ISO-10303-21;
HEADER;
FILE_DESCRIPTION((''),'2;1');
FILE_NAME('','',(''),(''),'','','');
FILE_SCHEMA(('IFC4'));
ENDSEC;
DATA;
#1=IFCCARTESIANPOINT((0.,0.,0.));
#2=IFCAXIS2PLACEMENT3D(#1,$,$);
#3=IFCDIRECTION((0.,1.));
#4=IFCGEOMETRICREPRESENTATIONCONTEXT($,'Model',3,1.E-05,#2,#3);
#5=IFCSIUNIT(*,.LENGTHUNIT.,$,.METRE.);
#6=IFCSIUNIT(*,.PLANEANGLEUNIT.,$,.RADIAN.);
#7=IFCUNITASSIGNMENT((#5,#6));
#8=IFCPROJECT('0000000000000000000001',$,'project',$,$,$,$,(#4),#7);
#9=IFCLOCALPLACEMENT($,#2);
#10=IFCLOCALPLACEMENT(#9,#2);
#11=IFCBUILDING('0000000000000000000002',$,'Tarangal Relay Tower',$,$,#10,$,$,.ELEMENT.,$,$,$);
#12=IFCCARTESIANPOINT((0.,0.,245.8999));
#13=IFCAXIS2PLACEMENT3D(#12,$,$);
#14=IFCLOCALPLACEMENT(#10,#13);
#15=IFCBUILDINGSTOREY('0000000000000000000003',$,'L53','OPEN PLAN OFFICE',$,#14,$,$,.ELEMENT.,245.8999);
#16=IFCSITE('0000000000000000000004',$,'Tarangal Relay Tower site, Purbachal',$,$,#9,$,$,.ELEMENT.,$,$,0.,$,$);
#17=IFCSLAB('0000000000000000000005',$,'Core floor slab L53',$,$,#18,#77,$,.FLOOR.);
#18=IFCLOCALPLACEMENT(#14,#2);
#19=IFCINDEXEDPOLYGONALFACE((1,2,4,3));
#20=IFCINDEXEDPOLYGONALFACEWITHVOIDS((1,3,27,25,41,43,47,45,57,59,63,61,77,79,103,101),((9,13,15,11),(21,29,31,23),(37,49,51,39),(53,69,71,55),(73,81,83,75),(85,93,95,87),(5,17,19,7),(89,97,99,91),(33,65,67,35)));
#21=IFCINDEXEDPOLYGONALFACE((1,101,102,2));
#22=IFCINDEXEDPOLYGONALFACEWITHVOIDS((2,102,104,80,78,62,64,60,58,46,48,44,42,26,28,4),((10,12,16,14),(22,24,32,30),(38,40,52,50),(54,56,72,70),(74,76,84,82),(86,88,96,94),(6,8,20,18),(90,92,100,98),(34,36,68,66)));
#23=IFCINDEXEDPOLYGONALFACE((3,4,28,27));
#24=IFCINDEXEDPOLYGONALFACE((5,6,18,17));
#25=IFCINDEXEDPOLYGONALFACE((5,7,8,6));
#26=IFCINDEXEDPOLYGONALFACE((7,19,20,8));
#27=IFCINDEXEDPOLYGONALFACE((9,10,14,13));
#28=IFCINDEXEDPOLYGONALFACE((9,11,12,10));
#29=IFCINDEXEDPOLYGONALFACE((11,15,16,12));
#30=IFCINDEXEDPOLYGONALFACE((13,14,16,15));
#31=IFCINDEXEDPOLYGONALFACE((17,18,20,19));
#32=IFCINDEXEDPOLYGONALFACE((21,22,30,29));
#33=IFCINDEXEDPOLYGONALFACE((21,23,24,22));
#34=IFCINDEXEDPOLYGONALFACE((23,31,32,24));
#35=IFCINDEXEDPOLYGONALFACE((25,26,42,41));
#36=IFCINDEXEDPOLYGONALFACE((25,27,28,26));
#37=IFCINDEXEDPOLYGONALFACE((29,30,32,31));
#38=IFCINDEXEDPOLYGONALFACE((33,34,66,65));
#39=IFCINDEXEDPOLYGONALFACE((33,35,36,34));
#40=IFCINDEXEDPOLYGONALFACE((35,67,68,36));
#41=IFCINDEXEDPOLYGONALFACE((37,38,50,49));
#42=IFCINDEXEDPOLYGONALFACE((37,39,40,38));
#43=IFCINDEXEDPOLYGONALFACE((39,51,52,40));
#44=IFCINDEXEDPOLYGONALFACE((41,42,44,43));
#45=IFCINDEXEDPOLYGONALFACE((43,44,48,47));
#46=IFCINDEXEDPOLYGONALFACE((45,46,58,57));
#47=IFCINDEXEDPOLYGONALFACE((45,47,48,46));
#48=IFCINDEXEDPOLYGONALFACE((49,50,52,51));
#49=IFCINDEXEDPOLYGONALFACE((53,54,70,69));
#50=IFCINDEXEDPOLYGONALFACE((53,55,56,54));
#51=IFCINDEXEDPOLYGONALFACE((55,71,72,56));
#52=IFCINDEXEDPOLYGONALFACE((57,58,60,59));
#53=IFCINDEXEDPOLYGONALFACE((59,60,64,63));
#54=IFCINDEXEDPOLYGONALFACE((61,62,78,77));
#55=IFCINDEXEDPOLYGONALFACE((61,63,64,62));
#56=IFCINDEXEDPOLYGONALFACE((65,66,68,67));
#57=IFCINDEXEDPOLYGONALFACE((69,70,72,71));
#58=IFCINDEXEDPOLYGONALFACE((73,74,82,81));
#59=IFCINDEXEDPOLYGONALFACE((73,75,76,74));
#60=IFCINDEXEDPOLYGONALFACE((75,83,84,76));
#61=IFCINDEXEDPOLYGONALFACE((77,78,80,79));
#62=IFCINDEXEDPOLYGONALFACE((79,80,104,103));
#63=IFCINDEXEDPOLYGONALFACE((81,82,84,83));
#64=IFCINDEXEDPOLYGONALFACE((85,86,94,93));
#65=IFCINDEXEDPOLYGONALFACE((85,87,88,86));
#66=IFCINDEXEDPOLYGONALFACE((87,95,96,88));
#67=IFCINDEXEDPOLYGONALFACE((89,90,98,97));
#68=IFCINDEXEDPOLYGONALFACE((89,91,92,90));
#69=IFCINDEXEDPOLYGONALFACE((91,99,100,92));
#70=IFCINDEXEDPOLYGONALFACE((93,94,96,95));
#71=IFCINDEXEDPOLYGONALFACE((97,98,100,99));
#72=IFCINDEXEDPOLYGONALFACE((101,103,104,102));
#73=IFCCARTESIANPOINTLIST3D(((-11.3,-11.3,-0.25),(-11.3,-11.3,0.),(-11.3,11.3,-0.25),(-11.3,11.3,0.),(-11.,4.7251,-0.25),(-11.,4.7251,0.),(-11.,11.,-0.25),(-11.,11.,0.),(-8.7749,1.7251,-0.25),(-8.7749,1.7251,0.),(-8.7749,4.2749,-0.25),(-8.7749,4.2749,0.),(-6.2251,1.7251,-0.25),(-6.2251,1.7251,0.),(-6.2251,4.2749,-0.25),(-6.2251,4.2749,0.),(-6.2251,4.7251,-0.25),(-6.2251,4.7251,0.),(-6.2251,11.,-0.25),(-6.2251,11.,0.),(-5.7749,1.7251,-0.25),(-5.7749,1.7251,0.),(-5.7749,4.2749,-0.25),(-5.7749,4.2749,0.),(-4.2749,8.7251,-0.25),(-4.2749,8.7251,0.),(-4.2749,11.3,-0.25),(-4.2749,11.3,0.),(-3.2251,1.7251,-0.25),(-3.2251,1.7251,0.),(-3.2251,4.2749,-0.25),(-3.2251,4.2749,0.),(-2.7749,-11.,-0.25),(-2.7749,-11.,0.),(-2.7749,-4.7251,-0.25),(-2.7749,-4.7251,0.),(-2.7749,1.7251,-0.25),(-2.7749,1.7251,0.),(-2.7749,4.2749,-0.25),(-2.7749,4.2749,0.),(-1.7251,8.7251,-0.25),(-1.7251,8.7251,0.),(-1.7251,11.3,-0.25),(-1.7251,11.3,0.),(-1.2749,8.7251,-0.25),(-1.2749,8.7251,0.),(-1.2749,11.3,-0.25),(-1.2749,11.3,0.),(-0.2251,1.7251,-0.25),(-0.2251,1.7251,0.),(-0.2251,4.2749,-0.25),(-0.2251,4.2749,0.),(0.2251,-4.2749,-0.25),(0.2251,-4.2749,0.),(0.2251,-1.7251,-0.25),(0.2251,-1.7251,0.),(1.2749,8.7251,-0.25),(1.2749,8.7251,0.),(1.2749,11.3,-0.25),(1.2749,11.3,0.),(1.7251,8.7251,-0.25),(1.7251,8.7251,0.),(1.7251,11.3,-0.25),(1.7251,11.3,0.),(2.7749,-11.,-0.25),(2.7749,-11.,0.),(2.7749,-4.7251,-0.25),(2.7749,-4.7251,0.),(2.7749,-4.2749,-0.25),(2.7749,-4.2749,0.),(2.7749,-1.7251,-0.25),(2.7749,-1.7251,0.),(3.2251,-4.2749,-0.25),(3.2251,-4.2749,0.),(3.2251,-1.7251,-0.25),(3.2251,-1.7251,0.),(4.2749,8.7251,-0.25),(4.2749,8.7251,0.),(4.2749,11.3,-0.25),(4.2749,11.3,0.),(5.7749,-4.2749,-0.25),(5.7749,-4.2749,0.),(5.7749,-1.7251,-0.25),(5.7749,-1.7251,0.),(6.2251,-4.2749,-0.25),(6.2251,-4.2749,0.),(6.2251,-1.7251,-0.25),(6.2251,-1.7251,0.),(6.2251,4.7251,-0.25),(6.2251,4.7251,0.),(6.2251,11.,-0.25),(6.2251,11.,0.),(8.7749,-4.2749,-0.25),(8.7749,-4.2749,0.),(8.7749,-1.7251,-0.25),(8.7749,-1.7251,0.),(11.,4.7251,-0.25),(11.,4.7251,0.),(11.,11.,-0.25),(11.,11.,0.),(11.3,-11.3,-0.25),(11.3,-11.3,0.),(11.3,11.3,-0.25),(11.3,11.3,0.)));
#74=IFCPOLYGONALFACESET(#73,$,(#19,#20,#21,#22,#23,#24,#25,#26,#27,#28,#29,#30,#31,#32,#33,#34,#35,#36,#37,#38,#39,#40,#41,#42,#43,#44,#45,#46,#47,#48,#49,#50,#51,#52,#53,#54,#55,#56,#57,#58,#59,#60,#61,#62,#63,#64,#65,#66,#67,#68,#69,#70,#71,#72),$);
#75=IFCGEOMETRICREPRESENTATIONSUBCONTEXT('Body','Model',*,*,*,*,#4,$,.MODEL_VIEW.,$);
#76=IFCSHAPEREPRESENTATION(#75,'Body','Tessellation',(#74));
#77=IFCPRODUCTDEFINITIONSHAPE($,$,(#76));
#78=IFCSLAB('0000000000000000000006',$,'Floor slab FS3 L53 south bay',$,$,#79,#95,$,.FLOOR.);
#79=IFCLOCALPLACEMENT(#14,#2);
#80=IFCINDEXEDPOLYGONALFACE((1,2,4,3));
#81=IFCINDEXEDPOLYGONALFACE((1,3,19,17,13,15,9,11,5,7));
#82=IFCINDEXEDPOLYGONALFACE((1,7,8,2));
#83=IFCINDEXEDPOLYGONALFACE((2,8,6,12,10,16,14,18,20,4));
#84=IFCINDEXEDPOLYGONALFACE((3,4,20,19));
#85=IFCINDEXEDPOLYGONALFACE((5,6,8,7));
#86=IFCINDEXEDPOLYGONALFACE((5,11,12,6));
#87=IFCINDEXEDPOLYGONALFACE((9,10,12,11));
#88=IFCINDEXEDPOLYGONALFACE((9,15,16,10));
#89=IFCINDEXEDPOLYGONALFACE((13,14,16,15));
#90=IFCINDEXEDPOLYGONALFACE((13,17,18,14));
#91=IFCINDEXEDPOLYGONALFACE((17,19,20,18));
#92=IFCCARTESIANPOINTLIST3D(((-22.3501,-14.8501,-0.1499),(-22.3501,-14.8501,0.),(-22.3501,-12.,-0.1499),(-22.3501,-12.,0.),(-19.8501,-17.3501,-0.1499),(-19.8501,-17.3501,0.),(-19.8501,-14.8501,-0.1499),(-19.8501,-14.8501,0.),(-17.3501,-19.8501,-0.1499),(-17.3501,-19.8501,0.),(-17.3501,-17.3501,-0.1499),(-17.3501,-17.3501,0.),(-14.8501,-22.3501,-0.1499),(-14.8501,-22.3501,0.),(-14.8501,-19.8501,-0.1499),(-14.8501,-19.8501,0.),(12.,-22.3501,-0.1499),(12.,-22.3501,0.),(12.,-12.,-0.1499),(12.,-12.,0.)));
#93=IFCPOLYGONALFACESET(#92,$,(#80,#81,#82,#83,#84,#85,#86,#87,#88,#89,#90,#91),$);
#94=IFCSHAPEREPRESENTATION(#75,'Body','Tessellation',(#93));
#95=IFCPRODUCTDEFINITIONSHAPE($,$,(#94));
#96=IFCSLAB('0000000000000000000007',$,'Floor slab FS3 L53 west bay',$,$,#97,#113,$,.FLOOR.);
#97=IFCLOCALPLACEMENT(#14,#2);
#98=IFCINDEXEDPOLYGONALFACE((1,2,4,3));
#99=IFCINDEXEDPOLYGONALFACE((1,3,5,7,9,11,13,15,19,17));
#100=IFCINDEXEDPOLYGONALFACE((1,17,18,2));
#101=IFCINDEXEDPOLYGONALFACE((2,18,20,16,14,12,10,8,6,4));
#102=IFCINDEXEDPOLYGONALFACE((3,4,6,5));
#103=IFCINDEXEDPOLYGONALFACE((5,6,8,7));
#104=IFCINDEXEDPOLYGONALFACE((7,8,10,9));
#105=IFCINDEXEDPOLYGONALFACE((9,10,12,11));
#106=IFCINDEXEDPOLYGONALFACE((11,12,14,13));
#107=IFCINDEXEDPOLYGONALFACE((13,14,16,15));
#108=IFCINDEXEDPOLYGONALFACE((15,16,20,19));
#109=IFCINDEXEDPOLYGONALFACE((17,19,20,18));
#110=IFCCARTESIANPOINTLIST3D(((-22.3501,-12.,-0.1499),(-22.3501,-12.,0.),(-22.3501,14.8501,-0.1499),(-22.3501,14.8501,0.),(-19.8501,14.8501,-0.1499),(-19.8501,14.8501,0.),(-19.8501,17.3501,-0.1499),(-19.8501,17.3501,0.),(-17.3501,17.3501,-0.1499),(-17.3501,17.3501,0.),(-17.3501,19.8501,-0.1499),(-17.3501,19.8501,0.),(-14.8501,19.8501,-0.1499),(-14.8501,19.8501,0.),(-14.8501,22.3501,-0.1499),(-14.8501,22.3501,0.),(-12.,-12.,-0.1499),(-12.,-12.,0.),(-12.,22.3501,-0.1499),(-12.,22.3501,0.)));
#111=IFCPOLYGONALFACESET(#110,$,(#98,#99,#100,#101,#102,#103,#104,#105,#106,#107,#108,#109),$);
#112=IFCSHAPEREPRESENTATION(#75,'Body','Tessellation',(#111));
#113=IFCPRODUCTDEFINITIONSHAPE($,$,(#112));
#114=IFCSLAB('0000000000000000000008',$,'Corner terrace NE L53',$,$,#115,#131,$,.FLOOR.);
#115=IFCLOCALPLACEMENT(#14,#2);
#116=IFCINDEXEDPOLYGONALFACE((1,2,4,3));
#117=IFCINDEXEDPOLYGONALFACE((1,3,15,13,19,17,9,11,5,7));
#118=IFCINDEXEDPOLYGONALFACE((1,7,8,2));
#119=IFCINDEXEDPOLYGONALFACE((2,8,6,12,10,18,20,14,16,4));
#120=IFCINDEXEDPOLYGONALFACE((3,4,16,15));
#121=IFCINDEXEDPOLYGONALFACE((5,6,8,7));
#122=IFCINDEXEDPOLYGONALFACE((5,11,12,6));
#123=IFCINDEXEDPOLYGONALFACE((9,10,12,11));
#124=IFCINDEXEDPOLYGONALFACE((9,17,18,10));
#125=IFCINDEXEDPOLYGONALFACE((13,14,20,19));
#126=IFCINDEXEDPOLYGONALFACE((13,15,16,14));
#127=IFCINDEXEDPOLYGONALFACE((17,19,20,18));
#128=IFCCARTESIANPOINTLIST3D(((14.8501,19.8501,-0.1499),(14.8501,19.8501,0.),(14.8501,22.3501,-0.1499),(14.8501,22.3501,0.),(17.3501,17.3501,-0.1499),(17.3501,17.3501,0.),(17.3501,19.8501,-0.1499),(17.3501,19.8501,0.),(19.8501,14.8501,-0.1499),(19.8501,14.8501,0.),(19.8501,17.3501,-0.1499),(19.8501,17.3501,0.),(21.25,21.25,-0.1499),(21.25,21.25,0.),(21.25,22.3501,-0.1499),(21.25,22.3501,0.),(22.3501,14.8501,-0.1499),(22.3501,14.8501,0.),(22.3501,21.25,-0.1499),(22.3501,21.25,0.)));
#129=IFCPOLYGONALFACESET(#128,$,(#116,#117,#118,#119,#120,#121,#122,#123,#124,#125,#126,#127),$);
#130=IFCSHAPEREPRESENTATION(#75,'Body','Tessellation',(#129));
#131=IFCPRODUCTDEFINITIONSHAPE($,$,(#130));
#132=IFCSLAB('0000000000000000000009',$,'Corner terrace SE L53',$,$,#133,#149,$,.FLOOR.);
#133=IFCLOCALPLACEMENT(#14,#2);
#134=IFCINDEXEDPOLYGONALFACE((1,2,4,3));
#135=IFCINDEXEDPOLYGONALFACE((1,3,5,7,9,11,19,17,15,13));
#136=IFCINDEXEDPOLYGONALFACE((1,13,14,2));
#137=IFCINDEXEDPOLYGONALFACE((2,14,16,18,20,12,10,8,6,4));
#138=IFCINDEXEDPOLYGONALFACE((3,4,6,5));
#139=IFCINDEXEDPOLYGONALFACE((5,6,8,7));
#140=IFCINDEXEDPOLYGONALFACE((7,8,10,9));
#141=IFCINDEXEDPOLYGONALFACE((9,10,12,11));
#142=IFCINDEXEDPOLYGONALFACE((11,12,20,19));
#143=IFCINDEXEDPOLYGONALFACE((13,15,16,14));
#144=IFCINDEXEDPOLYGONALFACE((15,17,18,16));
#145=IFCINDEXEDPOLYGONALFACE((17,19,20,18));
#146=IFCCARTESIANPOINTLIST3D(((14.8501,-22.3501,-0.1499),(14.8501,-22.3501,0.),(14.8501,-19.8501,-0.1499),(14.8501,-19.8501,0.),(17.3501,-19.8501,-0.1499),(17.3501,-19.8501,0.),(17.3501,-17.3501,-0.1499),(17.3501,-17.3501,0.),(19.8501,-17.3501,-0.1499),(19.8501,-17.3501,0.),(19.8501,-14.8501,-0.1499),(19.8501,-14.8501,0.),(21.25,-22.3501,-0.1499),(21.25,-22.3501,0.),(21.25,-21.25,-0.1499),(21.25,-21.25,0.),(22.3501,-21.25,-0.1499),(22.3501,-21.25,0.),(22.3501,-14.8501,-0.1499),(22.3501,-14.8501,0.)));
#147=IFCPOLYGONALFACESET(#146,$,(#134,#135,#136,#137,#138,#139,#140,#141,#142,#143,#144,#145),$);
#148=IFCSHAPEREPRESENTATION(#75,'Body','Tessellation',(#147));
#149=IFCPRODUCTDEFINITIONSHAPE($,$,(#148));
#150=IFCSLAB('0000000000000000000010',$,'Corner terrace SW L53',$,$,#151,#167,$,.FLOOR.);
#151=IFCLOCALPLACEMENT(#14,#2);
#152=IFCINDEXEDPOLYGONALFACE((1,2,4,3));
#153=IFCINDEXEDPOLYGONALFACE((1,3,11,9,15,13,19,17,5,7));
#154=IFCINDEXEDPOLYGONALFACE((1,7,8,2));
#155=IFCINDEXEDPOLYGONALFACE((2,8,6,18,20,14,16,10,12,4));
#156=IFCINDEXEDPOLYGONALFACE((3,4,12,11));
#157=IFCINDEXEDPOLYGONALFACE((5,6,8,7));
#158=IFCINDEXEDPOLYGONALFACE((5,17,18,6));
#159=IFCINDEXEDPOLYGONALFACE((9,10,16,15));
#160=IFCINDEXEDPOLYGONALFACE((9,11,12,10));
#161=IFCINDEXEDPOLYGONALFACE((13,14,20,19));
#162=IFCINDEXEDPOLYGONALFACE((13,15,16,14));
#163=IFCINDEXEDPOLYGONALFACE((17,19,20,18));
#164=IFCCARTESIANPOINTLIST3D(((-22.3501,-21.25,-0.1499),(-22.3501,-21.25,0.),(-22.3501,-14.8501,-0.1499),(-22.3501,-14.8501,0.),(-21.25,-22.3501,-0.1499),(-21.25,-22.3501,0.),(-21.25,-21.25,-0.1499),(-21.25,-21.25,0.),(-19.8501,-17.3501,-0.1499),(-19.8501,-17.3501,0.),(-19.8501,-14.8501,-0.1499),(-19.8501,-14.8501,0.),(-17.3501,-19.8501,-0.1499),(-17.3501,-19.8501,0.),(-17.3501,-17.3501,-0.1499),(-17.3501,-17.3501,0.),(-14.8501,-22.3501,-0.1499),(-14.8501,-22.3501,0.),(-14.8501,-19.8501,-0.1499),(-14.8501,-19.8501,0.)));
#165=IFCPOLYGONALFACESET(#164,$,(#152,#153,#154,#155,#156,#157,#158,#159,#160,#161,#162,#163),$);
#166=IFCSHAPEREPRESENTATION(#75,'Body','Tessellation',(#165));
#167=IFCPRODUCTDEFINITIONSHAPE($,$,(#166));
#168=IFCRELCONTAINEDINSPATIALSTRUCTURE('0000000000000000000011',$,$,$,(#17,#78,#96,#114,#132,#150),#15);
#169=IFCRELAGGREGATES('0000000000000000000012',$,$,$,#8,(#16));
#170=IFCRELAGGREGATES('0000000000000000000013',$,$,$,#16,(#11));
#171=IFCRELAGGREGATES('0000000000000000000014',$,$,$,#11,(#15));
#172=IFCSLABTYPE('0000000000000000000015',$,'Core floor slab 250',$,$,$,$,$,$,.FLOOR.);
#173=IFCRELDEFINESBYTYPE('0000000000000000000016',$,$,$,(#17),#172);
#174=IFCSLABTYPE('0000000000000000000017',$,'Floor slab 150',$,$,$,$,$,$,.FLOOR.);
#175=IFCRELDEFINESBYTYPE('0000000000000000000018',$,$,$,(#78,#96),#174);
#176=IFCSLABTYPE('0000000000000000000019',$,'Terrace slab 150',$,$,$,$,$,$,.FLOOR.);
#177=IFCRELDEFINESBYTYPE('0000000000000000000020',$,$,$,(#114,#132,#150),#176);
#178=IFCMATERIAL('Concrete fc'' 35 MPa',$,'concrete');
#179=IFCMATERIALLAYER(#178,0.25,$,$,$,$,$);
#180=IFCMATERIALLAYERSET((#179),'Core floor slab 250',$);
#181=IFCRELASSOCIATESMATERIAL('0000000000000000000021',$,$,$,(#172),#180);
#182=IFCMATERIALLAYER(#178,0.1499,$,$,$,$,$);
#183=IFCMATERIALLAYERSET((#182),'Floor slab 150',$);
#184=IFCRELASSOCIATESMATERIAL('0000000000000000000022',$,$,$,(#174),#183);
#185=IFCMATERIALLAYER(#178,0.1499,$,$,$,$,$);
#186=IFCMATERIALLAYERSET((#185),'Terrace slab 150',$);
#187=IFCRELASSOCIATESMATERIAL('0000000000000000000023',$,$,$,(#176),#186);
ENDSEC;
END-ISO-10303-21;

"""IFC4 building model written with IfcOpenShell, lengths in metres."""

from ifc_helpers import new_model, si_unit, direction, frame, origin, place, context, subcontext, project, spatial, polyline, outline, extrude, material, layer, layer_set, type_object, element, save


model = new_model("IFC4")

# Units and contexts
model_context = context("Model", 3, precision=1e-05, world=origin(), true_north=direction((0.0, 1.0)))
body_context = subcontext(model_context, "Body", "Model", "MODEL_VIEW")
ifc_project = project(units=[si_unit("LENGTHUNIT", "METRE"), si_unit("PLANEANGLEUNIT", "RADIAN")], contexts=[model_context])

# Site, building, storey
site_placement = place(None, origin())
site = spatial("IfcSite", under=ifc_project, at=site_placement, Name="Tarangal Relay Tower site, Purbachal", CompositionType="ELEMENT", RefElevation=0.0)
building_placement = place(site_placement, origin())
building = spatial("IfcBuilding", under=site, at=building_placement, Name="Tarangal Relay Tower", CompositionType="ELEMENT")
storey_placement = place(building_placement, frame((0.0, 0.0, 245.8999)))
storey = spatial("IfcBuildingStorey", under=building, at=storey_placement, Name="L53", Description="OPEN PLAN OFFICE", CompositionType="ELEMENT", Elevation=245.8999)

# Slabs
ifc_material_1 = material(Name="Concrete fc' 35 MPa", Category="concrete")
ifc_layer_1 = layer(ifc_material_1, 0.25)
ifc_layer_set_1 = layer_set([ifc_layer_1], Name="Core floor slab 250")
slab_type_1 = type_object("IfcSlabType", Name="Core floor slab 250", PredefinedType="FLOOR", material=ifc_layer_set_1)
slab_1_placement = place(storey_placement, frame((0.0, 0.0, -0.25)))
element("IfcSlab", 1, at=slab_1_placement, inside=storey, type_object=slab_type_1, Name="Core floor slab L53", PredefinedType="FLOOR", context=body_context, shape_type="SweptSolid", body=[
    extrude(outline(polyline([(11.3, 11.3), (11.3, -11.3), (-11.3, -11.3), (-11.3, 11.3), (-4.2749, 11.3), (-4.2749, 8.7251), (-1.7251, 8.7251), (-1.7251, 11.3), (-1.2749, 11.3), (-1.2749, 8.7251), (1.2749, 8.7251), (1.2749, 11.3), (1.7251, 11.3), (1.7251, 8.7251), (4.2749, 8.7251), (4.2749, 11.3), (11.3, 11.3)]), holes=[polyline([(-6.2251, 4.2749), (-8.7749, 4.2749), (-8.7749, 1.7251), (-6.2251, 1.7251), (-6.2251, 4.2749)]), polyline([(-3.2251, 1.7251), (-3.2251, 4.2749), (-5.7749, 4.2749), (-5.7749, 1.7251), (-3.2251, 1.7251)]), polyline([(-0.2251, 1.7251), (-0.2251, 4.2749), (-2.7749, 4.2749), (-2.7749, 1.7251), (-0.2251, 1.7251)]), polyline([(-6.2251, 11.0), (-11.0, 11.0), (-11.0, 4.7251), (-6.2251, 4.7251), (-6.2251, 11.0)]), polyline([(2.7749, -4.7251), (-2.7749, -4.7251), (-2.7749, -11.0), (2.7749, -11.0), (2.7749, -4.7251)]), polyline([(2.7749, -4.2749), (2.7749, -1.7251), (0.2251, -1.7251), (0.2251, -4.2749), (2.7749, -4.2749)]), polyline([(5.7749, -4.2749), (5.7749, -1.7251), (3.2251, -1.7251), (3.2251, -4.2749), (5.7749, -4.2749)]), polyline([(8.7749, -1.7251), (6.2251, -1.7251), (6.2251, -4.2749), (8.7749, -4.2749), (8.7749, -1.7251)]), polyline([(11.0, 4.7251), (11.0, 11.0), (6.2251, 11.0), (6.2251, 4.7251), (11.0, 4.7251)])]), origin(), (0.0, 0.0, 1.0), 0.25),
])
ifc_layer_2 = layer(ifc_material_1, 0.1499)
ifc_layer_set_2 = layer_set([ifc_layer_2], Name="Floor slab 150")
slab_type_2 = type_object("IfcSlabType", Name="Floor slab 150", PredefinedType="FLOOR", material=ifc_layer_set_2)
slab_2_placement = place(storey_placement, frame((0.0, 0.0, -0.1499)))
element("IfcSlab", 2, at=slab_2_placement, inside=storey, type_object=slab_type_2, Name="Floor slab FS3 L53 south bay", PredefinedType="FLOOR", context=body_context, shape_type="SweptSolid", body=[
    extrude(outline(polyline([(-14.8501, -22.3501), (-14.8501, -19.8501), (-17.3501, -19.8501), (-17.3501, -17.3501), (-19.8501, -17.3501), (-19.8501, -14.8501), (-22.3501, -14.8501), (-22.3501, -12.0), (12.0, -12.0), (12.0, -22.3501), (-14.8501, -22.3501)])), origin(), (0.0, 0.0, 1.0), 0.1499),
])
slab_3_placement = place(storey_placement, frame((0.0, 0.0, -0.1499)))
element("IfcSlab", 3, at=slab_3_placement, inside=storey, type_object=slab_type_2, Name="Floor slab FS3 L53 west bay", PredefinedType="FLOOR", context=body_context, shape_type="SweptSolid", body=[
    extrude(outline(polyline([(-12.0, 22.3501), (-12.0, -12.0), (-22.3501, -12.0), (-22.3501, 14.8501), (-19.8501, 14.8501), (-19.8501, 17.3501), (-17.3501, 17.3501), (-17.3501, 19.8501), (-14.8501, 19.8501), (-14.8501, 22.3501), (-12.0, 22.3501)])), origin(), (0.0, 0.0, 1.0), 0.1499),
])
ifc_layer_3 = layer(ifc_material_1, 0.1499)
ifc_layer_set_3 = layer_set([ifc_layer_3], Name="Terrace slab 150")
slab_type_3 = type_object("IfcSlabType", Name="Terrace slab 150", PredefinedType="FLOOR", material=ifc_layer_set_3)
slab_4_placement = place(storey_placement, frame((0.0, 0.0, -0.1499)))
element("IfcSlab", 4, at=slab_4_placement, inside=storey, type_object=slab_type_3, Name="Corner terrace NE L53", PredefinedType="FLOOR", context=body_context, shape_type="SweptSolid", body=[
    extrude(outline(polyline([(14.8501, 22.3501), (14.8501, 19.8501), (17.3501, 19.8501), (17.3501, 17.3501), (19.8501, 17.3501), (19.8501, 14.8501), (22.3501, 14.8501), (22.3501, 21.25), (21.25, 21.25), (21.25, 22.3501), (14.8501, 22.3501)])), origin(), (0.0, 0.0, 1.0), 0.1499),
])
slab_5_placement = place(storey_placement, frame((0.0, 0.0, -0.1499)))
element("IfcSlab", 5, at=slab_5_placement, inside=storey, type_object=slab_type_3, Name="Corner terrace SE L53", PredefinedType="FLOOR", context=body_context, shape_type="SweptSolid", body=[
    extrude(outline(polyline([(22.3501, -14.8501), (19.8501, -14.8501), (19.8501, -17.3501), (17.3501, -17.3501), (17.3501, -19.8501), (14.8501, -19.8501), (14.8501, -22.3501), (21.25, -22.3501), (21.25, -21.25), (22.3501, -21.25), (22.3501, -14.8501)])), origin(), (0.0, 0.0, 1.0), 0.1499),
])
slab_6_placement = place(storey_placement, frame((0.0, 0.0, -0.1499)))
element("IfcSlab", 6, at=slab_6_placement, inside=storey, type_object=slab_type_3, Name="Corner terrace SW L53", PredefinedType="FLOOR", context=body_context, shape_type="SweptSolid", body=[
    extrude(outline(polyline([(-14.8501, -22.3501), (-14.8501, -19.8501), (-17.3501, -19.8501), (-17.3501, -17.3501), (-19.8501, -17.3501), (-19.8501, -14.8501), (-22.3501, -14.8501), (-22.3501, -21.25), (-21.25, -21.25), (-21.25, -22.3501), (-14.8501, -22.3501)])), origin(), (0.0, 0.0, 1.0), 0.1499),
])

save(model, "model.ifc")
